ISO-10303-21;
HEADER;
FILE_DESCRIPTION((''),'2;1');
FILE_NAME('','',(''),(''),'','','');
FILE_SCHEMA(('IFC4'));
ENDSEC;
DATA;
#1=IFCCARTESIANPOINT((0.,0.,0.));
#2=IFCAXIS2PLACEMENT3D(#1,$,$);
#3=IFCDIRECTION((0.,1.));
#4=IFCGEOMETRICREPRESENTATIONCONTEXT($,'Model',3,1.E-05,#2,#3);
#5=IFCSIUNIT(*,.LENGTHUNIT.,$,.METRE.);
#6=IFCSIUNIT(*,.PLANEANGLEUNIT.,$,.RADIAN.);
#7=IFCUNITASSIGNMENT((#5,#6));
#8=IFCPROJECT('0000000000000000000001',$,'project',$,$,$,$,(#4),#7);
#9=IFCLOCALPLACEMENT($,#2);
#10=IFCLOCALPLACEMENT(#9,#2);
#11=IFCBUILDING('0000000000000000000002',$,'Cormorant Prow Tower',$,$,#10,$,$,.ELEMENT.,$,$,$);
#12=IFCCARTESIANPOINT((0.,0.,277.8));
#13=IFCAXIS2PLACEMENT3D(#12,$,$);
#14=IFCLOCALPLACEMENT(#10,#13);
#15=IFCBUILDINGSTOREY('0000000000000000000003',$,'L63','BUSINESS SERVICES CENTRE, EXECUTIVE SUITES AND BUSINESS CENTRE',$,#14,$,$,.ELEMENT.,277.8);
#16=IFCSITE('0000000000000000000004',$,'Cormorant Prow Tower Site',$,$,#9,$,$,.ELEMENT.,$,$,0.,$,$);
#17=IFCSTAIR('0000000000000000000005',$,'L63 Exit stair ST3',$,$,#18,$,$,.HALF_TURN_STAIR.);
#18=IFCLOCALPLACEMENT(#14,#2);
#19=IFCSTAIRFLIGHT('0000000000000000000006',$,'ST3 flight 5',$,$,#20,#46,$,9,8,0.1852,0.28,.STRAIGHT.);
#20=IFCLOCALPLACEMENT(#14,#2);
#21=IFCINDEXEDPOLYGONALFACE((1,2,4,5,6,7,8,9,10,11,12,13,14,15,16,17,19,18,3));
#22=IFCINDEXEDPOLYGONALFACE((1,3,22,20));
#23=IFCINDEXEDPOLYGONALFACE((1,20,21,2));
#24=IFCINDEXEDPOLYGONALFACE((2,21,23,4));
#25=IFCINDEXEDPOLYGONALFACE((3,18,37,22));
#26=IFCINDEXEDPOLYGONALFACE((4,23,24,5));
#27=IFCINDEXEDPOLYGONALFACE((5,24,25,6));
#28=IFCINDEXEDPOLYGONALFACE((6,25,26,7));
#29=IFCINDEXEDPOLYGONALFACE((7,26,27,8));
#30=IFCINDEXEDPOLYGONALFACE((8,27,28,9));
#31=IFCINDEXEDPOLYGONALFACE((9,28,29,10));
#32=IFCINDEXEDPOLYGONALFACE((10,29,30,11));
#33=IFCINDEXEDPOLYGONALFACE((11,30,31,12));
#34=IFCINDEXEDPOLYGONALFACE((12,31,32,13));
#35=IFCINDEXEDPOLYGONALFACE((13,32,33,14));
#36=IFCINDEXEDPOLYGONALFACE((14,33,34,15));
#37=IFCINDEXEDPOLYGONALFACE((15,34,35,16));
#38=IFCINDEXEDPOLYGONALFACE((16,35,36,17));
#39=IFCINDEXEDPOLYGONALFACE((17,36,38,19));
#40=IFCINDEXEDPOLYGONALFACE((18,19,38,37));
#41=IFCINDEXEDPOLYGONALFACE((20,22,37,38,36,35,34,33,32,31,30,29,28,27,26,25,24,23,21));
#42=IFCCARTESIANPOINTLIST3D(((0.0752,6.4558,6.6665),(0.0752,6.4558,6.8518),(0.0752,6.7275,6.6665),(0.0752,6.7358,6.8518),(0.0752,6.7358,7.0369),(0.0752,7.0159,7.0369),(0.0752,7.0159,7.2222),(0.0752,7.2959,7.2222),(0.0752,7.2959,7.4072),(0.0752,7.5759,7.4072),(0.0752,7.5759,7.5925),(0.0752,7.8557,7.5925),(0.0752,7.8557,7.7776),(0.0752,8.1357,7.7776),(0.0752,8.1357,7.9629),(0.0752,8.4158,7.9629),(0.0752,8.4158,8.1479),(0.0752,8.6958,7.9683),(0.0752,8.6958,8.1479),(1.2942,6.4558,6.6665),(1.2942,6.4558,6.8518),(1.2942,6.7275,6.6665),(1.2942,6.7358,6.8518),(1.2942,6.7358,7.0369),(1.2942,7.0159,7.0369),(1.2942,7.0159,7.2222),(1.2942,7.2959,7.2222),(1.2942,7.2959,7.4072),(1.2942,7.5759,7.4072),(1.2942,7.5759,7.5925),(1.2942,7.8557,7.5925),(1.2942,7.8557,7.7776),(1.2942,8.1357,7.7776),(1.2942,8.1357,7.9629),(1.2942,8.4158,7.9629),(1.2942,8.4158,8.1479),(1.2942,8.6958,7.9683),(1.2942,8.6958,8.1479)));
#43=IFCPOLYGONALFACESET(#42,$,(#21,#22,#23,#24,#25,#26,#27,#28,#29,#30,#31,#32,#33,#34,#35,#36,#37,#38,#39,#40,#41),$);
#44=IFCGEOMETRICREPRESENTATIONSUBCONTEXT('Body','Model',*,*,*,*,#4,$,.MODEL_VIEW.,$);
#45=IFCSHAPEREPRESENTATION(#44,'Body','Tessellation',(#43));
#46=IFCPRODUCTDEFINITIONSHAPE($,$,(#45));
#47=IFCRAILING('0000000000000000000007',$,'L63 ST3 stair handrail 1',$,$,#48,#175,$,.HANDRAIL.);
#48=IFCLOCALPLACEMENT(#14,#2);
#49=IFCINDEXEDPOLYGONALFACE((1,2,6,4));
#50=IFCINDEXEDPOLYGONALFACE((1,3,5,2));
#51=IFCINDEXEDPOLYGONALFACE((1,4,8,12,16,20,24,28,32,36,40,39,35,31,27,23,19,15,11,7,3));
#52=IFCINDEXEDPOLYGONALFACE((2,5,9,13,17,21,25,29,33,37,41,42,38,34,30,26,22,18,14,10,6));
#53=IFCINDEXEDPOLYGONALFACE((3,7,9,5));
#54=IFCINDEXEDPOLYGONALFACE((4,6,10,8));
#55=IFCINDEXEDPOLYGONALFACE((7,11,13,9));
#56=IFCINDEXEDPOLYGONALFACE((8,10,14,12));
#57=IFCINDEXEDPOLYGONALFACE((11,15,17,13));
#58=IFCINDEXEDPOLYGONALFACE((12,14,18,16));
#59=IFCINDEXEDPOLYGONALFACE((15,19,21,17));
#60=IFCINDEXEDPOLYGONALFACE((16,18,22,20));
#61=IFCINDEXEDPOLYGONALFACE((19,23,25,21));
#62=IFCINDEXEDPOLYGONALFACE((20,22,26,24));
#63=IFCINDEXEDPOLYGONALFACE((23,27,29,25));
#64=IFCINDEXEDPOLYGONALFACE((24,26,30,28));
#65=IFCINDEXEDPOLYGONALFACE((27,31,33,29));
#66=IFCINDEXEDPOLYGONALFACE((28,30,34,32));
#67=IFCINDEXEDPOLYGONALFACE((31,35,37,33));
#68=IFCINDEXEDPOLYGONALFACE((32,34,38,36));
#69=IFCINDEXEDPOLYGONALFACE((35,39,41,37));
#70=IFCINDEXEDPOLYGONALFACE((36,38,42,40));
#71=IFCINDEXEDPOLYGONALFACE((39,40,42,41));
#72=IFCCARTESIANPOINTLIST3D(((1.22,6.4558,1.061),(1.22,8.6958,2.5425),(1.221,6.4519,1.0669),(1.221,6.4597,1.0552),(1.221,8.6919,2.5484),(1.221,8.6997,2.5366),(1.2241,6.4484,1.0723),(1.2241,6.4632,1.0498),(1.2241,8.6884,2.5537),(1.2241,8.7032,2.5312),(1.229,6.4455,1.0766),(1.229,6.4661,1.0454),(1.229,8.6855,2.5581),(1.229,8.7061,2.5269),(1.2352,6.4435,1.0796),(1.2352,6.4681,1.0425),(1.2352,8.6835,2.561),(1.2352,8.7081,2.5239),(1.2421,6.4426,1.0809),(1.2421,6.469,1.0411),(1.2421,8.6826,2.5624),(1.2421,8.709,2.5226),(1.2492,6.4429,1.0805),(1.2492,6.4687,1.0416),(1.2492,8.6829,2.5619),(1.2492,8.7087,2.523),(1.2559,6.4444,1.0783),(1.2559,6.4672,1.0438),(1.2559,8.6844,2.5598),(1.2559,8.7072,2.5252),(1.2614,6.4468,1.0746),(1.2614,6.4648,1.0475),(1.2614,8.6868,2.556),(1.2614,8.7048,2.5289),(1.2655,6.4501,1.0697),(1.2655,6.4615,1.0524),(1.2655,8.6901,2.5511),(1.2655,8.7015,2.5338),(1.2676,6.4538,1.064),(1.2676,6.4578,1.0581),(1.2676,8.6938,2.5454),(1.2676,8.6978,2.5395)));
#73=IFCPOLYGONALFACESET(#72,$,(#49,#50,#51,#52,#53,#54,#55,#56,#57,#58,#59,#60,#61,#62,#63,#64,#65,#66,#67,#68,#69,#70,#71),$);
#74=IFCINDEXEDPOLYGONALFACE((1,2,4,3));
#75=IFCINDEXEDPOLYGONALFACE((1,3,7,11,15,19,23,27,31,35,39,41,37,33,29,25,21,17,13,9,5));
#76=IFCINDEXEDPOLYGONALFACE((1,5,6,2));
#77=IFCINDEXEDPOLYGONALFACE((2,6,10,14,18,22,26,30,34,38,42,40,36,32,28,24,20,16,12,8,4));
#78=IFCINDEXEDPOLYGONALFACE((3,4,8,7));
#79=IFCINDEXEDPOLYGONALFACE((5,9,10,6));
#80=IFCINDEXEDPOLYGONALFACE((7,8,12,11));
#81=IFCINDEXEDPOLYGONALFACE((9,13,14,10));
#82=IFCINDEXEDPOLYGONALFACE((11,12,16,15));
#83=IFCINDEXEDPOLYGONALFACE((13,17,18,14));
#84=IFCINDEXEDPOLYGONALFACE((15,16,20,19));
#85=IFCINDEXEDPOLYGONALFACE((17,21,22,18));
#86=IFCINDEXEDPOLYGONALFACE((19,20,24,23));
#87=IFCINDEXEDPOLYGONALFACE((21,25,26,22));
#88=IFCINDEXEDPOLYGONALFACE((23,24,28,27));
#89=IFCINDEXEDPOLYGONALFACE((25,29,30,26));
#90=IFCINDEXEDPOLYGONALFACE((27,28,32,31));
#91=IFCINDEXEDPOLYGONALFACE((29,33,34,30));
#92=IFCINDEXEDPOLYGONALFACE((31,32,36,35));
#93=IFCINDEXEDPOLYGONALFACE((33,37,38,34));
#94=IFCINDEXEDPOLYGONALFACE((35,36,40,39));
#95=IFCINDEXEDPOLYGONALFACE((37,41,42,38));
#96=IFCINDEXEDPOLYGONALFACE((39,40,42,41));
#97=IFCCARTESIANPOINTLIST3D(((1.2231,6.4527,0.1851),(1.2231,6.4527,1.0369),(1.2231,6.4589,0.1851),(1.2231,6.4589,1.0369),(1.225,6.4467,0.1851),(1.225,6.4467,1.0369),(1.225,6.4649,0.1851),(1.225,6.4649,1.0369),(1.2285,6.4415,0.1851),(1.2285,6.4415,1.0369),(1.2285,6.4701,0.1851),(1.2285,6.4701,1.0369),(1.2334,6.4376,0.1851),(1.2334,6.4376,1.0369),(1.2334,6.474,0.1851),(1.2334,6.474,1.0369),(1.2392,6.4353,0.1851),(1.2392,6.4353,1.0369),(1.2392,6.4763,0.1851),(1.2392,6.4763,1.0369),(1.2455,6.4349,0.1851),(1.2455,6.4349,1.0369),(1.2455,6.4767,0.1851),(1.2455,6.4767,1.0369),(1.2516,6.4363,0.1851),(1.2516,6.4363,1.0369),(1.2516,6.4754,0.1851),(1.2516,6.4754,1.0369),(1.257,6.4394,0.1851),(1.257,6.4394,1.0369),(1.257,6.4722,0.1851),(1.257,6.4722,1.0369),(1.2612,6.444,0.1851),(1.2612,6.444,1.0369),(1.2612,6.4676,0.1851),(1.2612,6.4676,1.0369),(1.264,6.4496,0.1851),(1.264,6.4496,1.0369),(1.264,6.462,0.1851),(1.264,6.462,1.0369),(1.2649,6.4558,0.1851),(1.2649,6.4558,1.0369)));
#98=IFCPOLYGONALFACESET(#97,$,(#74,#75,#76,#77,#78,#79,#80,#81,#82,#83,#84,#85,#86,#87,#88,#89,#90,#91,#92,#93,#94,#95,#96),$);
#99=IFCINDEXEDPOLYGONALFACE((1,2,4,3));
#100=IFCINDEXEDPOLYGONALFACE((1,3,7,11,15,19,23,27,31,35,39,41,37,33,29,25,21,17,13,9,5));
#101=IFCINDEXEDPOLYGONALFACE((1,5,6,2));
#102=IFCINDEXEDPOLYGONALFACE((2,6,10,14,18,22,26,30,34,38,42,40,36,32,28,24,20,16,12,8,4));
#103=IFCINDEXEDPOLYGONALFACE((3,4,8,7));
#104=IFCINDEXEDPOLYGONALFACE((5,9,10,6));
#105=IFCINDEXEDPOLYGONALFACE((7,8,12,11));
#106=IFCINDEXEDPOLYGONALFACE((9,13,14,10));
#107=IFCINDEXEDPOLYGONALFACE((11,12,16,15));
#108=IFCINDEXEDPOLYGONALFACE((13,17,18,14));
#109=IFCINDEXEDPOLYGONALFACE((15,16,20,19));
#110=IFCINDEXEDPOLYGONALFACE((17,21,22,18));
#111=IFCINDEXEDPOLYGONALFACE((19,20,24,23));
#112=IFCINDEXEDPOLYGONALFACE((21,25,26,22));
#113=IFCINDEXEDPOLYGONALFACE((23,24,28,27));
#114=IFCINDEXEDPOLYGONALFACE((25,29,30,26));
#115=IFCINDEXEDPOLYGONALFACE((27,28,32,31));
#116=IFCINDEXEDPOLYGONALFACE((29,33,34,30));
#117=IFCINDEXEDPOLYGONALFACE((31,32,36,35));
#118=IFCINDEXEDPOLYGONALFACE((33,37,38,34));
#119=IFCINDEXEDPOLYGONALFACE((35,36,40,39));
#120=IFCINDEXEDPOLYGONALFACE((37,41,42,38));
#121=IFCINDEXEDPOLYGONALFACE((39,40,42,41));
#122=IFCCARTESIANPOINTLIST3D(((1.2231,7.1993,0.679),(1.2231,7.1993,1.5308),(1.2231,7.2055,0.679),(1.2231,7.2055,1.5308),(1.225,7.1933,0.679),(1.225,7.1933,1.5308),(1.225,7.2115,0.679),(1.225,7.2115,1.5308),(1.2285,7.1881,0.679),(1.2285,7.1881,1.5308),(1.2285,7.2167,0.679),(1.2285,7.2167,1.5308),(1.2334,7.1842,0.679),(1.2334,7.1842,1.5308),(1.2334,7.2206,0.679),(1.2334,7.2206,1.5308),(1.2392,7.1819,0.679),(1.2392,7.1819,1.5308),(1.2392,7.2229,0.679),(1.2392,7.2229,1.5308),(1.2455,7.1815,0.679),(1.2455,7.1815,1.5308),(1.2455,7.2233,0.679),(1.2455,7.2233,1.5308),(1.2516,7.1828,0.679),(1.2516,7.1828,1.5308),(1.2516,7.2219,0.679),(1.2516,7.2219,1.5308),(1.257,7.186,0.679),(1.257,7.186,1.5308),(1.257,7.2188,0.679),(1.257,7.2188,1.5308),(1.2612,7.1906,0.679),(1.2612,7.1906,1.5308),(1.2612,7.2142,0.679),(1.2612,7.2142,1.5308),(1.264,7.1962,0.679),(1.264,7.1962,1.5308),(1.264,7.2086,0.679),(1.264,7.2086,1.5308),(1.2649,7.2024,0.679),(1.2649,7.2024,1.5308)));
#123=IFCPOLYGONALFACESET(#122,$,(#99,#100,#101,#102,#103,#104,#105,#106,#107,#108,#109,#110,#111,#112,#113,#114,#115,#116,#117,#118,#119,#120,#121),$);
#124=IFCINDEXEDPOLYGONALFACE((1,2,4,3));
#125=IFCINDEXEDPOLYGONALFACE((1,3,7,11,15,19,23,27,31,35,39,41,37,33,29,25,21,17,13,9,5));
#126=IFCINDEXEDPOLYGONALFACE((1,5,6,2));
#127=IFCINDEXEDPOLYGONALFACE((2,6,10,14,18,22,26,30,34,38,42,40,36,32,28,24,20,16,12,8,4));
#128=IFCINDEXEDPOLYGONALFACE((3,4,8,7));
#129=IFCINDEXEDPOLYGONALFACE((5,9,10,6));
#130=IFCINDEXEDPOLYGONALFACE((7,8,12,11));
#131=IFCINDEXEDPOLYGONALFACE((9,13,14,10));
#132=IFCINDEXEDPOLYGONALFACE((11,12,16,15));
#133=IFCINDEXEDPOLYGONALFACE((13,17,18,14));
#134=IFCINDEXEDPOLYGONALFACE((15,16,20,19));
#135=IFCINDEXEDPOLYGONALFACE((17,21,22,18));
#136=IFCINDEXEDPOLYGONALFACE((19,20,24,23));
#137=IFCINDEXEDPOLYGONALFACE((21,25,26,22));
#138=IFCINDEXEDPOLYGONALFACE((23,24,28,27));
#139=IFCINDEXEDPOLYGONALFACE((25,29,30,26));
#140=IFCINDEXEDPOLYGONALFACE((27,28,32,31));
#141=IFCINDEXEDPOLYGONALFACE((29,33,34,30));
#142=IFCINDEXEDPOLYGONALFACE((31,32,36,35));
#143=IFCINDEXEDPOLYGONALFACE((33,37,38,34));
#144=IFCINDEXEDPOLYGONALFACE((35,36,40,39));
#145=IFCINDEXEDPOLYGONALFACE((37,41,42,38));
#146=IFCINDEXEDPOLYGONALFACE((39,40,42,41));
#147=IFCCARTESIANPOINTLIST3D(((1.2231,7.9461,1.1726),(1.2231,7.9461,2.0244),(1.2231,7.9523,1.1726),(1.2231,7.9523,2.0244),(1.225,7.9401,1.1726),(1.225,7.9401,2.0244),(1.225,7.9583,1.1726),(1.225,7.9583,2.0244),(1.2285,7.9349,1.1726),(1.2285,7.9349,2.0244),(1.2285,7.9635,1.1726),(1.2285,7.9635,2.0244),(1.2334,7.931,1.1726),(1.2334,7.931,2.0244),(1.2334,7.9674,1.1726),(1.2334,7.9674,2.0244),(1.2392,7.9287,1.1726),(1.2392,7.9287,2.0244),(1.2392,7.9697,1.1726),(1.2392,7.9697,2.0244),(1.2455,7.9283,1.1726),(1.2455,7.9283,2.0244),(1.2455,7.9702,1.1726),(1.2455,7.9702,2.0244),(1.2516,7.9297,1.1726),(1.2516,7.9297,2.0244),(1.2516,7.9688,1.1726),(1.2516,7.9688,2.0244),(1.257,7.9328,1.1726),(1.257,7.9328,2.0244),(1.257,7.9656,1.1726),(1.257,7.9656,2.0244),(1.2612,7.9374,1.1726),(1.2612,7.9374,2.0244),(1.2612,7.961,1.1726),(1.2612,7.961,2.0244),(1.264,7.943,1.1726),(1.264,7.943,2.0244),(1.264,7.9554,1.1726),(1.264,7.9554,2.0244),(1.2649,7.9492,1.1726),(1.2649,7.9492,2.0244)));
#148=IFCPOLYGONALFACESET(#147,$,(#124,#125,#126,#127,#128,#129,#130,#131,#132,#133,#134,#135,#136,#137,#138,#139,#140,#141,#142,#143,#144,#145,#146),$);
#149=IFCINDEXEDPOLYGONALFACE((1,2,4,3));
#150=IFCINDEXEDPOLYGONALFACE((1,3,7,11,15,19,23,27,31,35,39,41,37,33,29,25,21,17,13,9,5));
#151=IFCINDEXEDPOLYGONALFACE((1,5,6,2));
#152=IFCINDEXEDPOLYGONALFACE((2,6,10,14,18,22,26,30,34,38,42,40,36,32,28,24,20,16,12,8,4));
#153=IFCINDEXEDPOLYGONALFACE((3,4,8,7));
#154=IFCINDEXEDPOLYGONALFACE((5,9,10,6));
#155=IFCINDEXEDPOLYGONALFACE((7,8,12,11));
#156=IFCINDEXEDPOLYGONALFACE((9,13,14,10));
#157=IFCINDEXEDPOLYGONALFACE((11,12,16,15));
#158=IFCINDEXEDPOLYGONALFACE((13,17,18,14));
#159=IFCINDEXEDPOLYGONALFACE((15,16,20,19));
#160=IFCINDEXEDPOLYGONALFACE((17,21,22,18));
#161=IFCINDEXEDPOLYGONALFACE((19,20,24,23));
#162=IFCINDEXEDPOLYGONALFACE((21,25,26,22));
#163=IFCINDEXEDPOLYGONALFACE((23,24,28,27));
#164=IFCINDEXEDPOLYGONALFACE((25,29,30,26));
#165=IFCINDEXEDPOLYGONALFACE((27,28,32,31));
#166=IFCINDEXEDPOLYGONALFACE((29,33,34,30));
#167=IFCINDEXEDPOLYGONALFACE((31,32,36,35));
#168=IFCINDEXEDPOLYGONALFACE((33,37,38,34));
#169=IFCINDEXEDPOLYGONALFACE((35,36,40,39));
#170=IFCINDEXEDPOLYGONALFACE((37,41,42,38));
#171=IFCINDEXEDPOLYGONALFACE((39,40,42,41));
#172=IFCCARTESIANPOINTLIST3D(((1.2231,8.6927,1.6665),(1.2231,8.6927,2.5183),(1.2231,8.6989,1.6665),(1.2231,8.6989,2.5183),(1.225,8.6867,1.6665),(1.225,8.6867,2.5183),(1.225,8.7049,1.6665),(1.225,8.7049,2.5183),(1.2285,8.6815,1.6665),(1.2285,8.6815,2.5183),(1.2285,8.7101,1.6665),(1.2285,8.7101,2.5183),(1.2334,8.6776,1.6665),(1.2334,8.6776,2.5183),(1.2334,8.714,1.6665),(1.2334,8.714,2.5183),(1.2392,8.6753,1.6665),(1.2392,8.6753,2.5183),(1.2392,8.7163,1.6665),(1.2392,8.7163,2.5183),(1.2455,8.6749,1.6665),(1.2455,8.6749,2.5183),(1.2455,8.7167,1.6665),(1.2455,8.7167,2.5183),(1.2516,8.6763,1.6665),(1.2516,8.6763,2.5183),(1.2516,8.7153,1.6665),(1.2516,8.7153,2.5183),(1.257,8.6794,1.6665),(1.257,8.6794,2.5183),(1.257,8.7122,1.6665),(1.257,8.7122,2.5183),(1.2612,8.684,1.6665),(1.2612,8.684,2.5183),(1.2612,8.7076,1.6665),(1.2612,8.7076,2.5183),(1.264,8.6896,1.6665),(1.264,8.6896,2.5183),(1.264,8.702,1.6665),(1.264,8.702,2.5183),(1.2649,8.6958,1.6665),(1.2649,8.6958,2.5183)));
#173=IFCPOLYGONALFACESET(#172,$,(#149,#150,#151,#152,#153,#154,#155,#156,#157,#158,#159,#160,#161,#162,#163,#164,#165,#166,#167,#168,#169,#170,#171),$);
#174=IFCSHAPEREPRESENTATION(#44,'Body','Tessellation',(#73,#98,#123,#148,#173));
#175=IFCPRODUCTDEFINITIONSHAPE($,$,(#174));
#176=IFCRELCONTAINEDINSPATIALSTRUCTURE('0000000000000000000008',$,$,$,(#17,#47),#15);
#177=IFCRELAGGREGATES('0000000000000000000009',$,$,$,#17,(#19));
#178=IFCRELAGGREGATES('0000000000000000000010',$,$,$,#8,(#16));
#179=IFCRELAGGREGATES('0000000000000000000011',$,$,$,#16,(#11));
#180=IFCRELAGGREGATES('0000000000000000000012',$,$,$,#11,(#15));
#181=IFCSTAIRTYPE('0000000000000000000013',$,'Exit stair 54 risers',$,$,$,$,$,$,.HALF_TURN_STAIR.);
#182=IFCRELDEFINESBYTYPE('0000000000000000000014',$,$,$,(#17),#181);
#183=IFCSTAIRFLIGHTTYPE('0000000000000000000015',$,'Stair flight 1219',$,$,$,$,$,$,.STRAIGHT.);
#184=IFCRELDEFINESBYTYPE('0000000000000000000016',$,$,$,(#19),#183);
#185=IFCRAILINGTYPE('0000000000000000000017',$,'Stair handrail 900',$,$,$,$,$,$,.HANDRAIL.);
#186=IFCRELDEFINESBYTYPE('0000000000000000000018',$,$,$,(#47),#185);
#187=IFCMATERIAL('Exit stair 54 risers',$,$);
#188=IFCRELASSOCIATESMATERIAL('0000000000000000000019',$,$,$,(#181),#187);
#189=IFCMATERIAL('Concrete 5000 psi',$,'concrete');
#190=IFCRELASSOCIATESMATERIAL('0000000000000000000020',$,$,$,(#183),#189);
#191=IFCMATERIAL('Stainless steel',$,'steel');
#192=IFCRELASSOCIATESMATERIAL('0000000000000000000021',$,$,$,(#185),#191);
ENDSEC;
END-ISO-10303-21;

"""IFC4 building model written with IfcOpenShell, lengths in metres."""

from ifc_helpers import new_model, si_unit, direction, frame, origin, origin_2d, place, context, subcontext, project, spatial, polyline, circle, outline, extrude, material, type_object, element, aggregate, save


model = new_model("IFC4")

# Units and contexts
model_context = context("Model", 3, precision=1e-05, world=origin(), true_north=direction((0.0, 1.0)))
body_context = subcontext(model_context, "Body", "Model", "MODEL_VIEW")
ifc_project = project(units=[si_unit("LENGTHUNIT", "METRE"), si_unit("PLANEANGLEUNIT", "RADIAN")], contexts=[model_context])

# Site, building, storey
site_placement = place(None, origin())
site = spatial("IfcSite", under=ifc_project, at=site_placement, Name="Cormorant Prow Tower Site", CompositionType="ELEMENT", RefElevation=0.0)
building_placement = place(site_placement, origin())
building = spatial("IfcBuilding", under=site, at=building_placement, Name="Cormorant Prow Tower", CompositionType="ELEMENT")
storey_placement = place(building_placement, frame((0.0, 0.0, 277.8)))
storey = spatial("IfcBuildingStorey", under=building, at=storey_placement, Name="L63", Description="BUSINESS SERVICES CENTRE, EXECUTIVE SUITES AND BUSINESS CENTRE", CompositionType="ELEMENT", Elevation=277.8)

# Stair
ifc_material_1 = material(Name="Exit stair 54 risers")
stair_type = type_object("IfcStairType", Name="Exit stair 54 risers", PredefinedType="HALF_TURN_STAIR", material=ifc_material_1)
stair_1_placement = place(storey_placement, origin())
stair_1 = element("IfcStair", 1, at=stair_1_placement, inside=storey, type_object=stair_type, Name="L63 Exit stair ST3", PredefinedType="HALF_TURN_STAIR")

# Stair flight
ifc_material_2 = material(Name="Concrete 5000 psi", Category="concrete")
stair_flight_type = type_object("IfcStairFlightType", Name="Stair flight 1219", PredefinedType="STRAIGHT", material=ifc_material_2)
stair_flight_1_placement = place(storey_placement, frame((0.6846, 6.4558, 6.6665), z_axis=(0.0, 0.0, 1.0), x_axis=(0.0, 1.0, 0.0)))
stair_flight_1 = element("IfcStairFlight", 2, at=stair_flight_1_placement, type_object=stair_flight_type, Name="ST3 flight 5", NumberOfRisers=9, NumberOfTreads=8, PredefinedType="STRAIGHT", RiserHeight=0.1852, TreadLength=0.28, context=body_context, shape_type="SweptSolid", body=[
    extrude(outline(polyline([(0.0, 0.0), (0.0, 0.1853), (0.28, 0.1853), (0.28, 0.3704), (0.5601, 0.3704), (0.5601, 0.5557), (0.8401, 0.5557), (0.8401, 0.7407), (1.1201, 0.7407), (1.1201, 0.926), (1.3999, 0.926), (1.3999, 1.1111), (1.6799, 1.1111), (1.6799, 1.2964), (1.96, 1.2964), (1.96, 1.4814), (2.24, 1.4814), (2.24, 1.6667), (2.24, 1.3018), (0.2717, 0.0), (0.0, 0.0)])), frame((0.0, 0.6094, 0.0), z_axis=(0.0, -1.0, 0.0), x_axis=(1.0, 0.0, 0.0)), (0.0, 0.0, 1.0), 1.219),
])
aggregate(stair_1, [stair_flight_1])

# Railing
ifc_material_3 = material(Name="Stainless steel", Category="steel")
railing_type_1 = type_object("IfcRailingType", Name="Stair handrail 900", PredefinedType="HANDRAIL", material=ifc_material_3)
for number, where, name in (
    (3, (1.2439, 6.4558, 0.1851), "L63 ST3 stair handrail 1"),
):
    element("IfcRailing", number, at=place(storey_placement, frame(where)), inside=storey, type_object=railing_type_1, Name=name, PredefinedType="HANDRAIL", context=body_context, shape_type="SweptSolid", body=[
        extrude(circle(Radius=0.0239, at=origin_2d()), frame((0.0, 0.0, 0.876), z_axis=(0.0, 0.834087, 0.551634), x_axis=(-1.0, 0.0, 0.0)), (0.0, 0.0, 1.0), 2.6855),
        extrude(circle(Radius=0.021, at=origin_2d()), origin(), (0.0, 0.0, 1.0), 0.8518),
        extrude(circle(Radius=0.021, at=origin_2d()), frame((0.0, 0.7466, 0.4939)), (0.0, 0.0, 1.0), 0.8518),
        extrude(circle(Radius=0.021, at=origin_2d()), frame((0.0, 1.4934, 0.9875)), (0.0, 0.0, 1.0), 0.8518),
        extrude(circle(Radius=0.021, at=origin_2d()), frame((0.0, 2.24, 1.4814)), (0.0, 0.0, 1.0), 0.8518),
    ])

save(model, "model.ifc")
